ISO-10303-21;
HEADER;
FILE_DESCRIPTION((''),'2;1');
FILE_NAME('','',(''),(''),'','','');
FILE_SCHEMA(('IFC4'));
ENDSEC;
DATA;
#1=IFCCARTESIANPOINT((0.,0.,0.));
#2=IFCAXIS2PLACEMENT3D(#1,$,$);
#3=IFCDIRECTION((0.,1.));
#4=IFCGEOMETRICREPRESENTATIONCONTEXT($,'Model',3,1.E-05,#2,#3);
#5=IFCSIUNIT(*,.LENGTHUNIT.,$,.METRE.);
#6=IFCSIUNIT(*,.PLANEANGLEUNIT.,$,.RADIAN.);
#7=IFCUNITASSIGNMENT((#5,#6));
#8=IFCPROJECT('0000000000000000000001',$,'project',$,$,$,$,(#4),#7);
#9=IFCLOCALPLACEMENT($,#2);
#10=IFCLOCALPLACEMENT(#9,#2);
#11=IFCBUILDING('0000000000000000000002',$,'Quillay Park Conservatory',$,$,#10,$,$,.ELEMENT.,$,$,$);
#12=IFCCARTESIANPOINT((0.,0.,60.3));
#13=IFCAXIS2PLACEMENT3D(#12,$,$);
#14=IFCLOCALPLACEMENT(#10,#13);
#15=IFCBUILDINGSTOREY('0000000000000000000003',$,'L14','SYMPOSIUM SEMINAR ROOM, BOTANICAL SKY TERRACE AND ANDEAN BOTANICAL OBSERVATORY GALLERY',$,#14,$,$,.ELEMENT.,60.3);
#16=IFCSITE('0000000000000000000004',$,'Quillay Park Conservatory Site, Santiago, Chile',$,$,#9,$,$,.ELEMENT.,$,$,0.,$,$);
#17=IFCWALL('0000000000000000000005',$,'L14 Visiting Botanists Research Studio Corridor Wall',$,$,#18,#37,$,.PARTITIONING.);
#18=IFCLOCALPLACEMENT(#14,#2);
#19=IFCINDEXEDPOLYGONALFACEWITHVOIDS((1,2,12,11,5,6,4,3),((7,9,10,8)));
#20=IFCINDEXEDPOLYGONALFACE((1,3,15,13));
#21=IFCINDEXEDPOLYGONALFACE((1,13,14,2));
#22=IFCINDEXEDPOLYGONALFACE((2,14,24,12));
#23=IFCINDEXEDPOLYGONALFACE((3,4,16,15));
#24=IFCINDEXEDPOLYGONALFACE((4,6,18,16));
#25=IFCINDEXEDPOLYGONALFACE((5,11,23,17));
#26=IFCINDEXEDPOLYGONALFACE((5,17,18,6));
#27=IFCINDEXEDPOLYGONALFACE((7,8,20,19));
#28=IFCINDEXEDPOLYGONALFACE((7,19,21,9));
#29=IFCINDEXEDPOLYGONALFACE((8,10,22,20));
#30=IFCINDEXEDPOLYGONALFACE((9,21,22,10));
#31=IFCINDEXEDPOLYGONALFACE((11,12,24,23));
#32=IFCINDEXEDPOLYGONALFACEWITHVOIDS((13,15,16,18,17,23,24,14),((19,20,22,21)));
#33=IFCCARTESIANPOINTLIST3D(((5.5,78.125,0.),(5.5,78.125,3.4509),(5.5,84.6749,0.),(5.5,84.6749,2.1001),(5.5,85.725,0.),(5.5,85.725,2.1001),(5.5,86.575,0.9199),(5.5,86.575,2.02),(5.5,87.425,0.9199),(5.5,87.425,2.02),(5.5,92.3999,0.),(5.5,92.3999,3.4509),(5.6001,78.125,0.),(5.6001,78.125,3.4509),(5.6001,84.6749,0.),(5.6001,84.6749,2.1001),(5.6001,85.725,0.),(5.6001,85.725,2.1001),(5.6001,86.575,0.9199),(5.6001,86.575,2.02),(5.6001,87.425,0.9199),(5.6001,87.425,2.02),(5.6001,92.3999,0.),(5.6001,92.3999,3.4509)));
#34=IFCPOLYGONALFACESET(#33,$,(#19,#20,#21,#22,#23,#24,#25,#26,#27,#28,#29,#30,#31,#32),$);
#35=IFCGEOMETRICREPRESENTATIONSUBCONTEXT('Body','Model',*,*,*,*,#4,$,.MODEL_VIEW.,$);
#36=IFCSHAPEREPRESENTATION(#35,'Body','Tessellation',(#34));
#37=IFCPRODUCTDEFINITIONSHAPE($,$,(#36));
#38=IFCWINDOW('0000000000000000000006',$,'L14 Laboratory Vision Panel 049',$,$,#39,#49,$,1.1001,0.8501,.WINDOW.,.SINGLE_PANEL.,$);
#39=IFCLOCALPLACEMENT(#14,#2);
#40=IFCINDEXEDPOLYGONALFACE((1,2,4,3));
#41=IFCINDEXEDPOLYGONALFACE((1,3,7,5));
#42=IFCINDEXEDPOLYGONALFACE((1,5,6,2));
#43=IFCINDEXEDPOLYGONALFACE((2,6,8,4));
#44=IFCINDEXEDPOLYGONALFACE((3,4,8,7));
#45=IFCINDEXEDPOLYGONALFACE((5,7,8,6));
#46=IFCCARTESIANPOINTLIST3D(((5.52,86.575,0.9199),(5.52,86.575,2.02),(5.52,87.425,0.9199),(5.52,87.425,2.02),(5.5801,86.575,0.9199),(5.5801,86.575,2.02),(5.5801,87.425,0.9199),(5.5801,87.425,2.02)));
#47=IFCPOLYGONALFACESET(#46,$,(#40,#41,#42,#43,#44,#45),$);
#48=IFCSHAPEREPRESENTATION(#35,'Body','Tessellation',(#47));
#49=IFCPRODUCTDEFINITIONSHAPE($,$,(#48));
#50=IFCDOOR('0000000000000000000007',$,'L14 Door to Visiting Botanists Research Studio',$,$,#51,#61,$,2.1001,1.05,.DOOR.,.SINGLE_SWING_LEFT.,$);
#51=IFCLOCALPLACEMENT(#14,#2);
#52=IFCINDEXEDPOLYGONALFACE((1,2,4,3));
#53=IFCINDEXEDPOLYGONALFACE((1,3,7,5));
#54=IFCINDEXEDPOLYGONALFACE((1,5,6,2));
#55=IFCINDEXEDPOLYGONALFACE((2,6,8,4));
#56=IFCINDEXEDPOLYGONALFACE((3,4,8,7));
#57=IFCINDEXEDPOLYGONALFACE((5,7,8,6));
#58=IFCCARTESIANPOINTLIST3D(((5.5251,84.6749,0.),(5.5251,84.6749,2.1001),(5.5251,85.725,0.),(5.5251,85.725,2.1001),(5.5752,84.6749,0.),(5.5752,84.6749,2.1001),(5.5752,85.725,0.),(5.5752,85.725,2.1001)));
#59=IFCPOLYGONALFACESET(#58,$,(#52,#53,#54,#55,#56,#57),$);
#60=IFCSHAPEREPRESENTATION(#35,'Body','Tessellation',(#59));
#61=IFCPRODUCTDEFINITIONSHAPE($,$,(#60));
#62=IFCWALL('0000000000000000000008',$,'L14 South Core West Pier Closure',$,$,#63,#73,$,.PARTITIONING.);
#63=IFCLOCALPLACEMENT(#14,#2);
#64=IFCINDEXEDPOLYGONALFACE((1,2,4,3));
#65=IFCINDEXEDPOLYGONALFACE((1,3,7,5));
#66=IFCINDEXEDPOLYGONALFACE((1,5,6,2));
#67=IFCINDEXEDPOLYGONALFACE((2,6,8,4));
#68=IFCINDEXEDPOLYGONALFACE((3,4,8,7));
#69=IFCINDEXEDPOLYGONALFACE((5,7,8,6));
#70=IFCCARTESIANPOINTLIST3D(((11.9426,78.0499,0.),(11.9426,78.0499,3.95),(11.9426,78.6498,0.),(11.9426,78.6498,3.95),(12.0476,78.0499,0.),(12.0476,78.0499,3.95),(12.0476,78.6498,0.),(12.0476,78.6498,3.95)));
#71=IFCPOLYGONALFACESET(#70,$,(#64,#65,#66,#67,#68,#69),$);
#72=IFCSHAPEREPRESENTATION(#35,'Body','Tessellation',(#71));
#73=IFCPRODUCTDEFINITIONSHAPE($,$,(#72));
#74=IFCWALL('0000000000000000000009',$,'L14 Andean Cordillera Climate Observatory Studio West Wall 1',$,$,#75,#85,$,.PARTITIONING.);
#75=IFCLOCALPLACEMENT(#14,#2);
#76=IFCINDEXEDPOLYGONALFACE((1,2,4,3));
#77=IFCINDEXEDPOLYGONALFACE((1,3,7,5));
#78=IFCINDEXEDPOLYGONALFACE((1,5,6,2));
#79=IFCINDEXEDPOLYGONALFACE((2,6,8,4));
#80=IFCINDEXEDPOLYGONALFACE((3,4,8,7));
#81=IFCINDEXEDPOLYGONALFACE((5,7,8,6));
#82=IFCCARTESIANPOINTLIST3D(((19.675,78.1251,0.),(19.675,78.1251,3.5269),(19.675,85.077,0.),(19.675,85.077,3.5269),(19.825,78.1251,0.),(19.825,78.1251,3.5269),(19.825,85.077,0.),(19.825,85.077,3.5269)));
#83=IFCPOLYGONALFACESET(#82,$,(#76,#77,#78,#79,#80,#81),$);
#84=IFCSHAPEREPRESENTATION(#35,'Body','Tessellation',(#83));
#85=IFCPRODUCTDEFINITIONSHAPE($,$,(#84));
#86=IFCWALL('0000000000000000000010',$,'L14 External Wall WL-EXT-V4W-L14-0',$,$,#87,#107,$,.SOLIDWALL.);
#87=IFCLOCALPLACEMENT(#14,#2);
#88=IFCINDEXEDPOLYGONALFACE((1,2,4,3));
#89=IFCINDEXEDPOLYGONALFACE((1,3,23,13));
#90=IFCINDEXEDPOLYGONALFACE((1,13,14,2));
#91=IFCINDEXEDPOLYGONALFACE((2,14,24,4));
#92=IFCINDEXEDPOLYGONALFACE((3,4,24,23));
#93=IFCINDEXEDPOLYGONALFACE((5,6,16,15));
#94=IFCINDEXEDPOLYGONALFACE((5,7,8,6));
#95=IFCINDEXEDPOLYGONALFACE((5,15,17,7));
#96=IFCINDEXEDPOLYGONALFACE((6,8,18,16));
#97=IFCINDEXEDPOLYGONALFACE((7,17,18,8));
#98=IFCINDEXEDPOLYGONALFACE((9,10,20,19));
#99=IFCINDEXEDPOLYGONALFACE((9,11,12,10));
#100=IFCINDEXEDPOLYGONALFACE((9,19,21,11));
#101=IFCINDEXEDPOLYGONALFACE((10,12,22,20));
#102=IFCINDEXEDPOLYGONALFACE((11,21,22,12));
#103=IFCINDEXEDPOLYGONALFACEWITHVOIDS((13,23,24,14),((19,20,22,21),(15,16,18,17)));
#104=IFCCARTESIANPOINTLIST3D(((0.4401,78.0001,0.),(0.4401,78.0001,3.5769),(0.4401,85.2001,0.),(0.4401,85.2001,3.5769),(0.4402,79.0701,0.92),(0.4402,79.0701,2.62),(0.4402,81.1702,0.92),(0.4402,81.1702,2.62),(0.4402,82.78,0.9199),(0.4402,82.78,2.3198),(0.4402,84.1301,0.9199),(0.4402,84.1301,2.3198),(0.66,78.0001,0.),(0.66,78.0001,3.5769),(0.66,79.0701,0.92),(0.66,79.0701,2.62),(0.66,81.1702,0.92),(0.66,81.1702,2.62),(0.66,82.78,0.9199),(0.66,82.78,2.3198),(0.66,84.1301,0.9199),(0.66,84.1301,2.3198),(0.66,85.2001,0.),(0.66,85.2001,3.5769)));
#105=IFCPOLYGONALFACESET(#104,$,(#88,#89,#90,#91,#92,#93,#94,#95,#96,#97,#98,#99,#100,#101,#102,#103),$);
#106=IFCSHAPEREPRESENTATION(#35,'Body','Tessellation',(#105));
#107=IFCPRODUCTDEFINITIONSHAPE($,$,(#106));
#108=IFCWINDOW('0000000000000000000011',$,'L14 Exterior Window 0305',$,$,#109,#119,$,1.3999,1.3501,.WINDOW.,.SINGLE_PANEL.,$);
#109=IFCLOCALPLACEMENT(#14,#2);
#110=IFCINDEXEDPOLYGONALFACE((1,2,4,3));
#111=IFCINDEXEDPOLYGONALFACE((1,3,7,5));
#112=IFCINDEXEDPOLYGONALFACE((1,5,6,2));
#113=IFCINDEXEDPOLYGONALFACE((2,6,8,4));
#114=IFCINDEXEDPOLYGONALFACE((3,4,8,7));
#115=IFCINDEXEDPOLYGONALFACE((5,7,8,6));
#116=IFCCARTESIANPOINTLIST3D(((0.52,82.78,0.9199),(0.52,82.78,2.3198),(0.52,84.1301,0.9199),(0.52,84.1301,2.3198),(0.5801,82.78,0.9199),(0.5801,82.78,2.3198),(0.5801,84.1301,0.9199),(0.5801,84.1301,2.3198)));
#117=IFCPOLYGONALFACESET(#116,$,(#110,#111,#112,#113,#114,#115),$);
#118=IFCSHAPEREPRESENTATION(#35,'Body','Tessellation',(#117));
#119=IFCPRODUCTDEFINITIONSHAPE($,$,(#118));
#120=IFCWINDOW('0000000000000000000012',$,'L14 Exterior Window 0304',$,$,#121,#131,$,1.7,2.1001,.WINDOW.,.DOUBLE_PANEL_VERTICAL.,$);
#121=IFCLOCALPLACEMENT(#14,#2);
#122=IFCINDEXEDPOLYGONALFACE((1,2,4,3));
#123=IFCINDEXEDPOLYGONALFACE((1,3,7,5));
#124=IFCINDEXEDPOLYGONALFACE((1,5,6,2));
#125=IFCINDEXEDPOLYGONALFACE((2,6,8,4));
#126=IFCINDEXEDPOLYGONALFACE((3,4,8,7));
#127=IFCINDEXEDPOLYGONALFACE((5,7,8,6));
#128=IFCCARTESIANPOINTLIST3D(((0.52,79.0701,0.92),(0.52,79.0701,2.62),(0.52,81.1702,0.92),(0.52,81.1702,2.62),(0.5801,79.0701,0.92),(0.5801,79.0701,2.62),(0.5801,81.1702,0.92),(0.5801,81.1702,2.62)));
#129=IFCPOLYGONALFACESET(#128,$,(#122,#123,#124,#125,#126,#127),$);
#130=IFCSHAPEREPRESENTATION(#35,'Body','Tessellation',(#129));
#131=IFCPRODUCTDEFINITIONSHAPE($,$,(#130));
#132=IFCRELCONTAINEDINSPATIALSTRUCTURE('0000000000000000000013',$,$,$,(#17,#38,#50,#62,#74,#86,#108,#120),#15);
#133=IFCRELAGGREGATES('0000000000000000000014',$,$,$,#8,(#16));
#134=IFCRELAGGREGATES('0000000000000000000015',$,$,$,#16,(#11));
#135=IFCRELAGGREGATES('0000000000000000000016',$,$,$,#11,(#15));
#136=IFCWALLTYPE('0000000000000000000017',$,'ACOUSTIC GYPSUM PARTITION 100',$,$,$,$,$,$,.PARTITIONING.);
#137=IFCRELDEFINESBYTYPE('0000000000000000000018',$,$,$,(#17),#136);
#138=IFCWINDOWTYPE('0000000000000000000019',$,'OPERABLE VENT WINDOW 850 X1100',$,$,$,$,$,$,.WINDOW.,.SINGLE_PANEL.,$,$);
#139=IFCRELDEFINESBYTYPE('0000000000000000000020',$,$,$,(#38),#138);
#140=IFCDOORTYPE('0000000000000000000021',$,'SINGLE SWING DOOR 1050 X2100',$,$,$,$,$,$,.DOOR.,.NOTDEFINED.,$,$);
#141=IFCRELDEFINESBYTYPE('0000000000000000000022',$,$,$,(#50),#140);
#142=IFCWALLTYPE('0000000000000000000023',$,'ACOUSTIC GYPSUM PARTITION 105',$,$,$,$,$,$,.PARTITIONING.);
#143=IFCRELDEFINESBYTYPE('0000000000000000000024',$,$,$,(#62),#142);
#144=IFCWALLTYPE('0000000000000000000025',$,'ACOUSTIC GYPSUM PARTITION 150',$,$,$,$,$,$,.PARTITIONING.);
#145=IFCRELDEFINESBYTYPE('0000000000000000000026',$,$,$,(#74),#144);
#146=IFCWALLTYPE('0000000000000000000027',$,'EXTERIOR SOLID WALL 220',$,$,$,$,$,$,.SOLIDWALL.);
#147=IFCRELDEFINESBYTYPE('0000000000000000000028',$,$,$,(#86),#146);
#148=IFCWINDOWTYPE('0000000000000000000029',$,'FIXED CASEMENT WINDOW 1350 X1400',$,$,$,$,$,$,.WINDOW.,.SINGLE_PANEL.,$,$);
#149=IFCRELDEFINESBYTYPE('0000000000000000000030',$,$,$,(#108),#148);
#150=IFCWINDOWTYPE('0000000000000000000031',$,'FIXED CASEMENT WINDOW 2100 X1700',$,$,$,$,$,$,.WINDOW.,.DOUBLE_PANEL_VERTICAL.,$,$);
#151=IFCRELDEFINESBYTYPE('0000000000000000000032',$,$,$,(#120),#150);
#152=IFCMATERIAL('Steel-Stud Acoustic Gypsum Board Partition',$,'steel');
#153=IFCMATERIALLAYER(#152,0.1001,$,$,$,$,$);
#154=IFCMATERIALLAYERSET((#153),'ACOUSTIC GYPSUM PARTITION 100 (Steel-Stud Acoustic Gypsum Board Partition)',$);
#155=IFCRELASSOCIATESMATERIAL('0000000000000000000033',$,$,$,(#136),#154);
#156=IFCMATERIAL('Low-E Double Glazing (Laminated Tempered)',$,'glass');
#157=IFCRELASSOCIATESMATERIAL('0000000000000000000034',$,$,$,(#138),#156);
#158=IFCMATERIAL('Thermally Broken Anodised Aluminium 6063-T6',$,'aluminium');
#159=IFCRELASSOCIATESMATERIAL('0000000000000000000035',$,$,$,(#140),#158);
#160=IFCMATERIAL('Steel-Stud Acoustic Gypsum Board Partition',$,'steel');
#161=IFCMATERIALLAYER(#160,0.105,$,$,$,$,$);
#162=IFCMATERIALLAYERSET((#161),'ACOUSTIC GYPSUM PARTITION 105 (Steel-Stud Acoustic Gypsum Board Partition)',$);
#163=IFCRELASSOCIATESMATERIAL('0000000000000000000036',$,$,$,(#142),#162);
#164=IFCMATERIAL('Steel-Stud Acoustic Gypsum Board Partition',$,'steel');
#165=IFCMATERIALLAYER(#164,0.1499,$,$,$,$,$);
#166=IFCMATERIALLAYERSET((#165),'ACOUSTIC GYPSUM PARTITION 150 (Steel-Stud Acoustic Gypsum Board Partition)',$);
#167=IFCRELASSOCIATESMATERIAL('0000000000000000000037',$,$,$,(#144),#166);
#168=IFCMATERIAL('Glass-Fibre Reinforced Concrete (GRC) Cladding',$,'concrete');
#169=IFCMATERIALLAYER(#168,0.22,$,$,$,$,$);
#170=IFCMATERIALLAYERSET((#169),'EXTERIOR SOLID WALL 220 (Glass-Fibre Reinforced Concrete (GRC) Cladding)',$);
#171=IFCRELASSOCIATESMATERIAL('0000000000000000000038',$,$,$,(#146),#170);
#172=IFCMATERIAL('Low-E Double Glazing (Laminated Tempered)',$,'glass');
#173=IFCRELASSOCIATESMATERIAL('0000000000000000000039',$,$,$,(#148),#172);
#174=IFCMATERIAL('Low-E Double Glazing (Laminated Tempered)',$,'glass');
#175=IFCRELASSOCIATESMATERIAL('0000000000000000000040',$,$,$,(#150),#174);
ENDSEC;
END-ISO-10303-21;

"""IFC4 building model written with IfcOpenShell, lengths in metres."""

from ifc_helpers import new_model, si_unit, direction, frame, frame_2d, origin, place, context, subcontext, project, spatial, rectangle, extrude, material, layer, layer_set, type_object, element, fill, save


model = new_model("IFC4")

# Units and contexts
model_context = context("Model", 3, precision=1e-05, world=origin(), true_north=direction((0.0, 1.0)))
body_context = subcontext(model_context, "Body", "Model", "MODEL_VIEW")
ifc_project = project(units=[si_unit("LENGTHUNIT", "METRE"), si_unit("PLANEANGLEUNIT", "RADIAN")], contexts=[model_context])

# Site, building, storey
site_placement = place(None, origin())
site = spatial("IfcSite", under=ifc_project, at=site_placement, Name="Quillay Park Conservatory Site, Santiago, Chile", CompositionType="ELEMENT", RefElevation=0.0)
building_placement = place(site_placement, origin())
building = spatial("IfcBuilding", under=site, at=building_placement, Name="Quillay Park Conservatory", CompositionType="ELEMENT")
storey_placement = place(building_placement, frame((0.0, 0.0, 60.3)))
storey = spatial("IfcBuildingStorey", under=building, at=storey_placement, Name="L14", Description="SYMPOSIUM SEMINAR ROOM, BOTANICAL SKY TERRACE AND ANDEAN BOTANICAL OBSERVATORY GALLERY", CompositionType="ELEMENT", Elevation=60.3)

# Wall, openings, window, door
ifc_material_1 = material(Name="Steel-Stud Acoustic Gypsum Board Partition", Category="steel")
ifc_layer_1 = layer(ifc_material_1, 0.1001)
ifc_layer_set_1 = layer_set([ifc_layer_1], Name="ACOUSTIC GYPSUM PARTITION 100 (Steel-Stud Acoustic Gypsum Board Partition)")
wall_type_1 = type_object("IfcWallType", Name="ACOUSTIC GYPSUM PARTITION 100", PredefinedType="PARTITIONING", material=ifc_layer_set_1)
wall_1_placement = place(storey_placement, frame((5.55, 78.125, 0.0), z_axis=(0.0, 0.0, 1.0), x_axis=(0.0, 1.0, 0.0)))
wall_1 = element("IfcWall", 1, at=wall_1_placement, inside=storey, type_object=wall_type_1, Name="L14 Visiting Botanists Research Studio Corridor Wall", PredefinedType="PARTITIONING", context=body_context, shape_type="SweptSolid", body=[
    extrude(rectangle(XDim=14.2749, YDim=0.1001, at=frame_2d((7.1375, 0.0))), origin(), (0.0, 0.0, 1.0), 3.4509),
])
opening_1_placement = place(wall_1_placement, frame((6.55, 0.0, 0.0)))
opening_1 = element("IfcOpeningElement", 2, at=opening_1_placement, cuts=wall_1, PredefinedType="OPENING", context=body_context, shape_type="SweptSolid", body=[
    extrude(rectangle(XDim=1.05, YDim=2.1001, at=frame_2d((0.5249, 1.05))), frame((0.0, 0.05, 0.0), z_axis=(0.0, -1.0, 0.0), x_axis=(1.0, 0.0, 0.0)), (0.0, 0.0, 1.0), 0.1001),
])
opening_2_placement = place(wall_1_placement, frame((8.45, 0.0, 0.9199)))
opening_2 = element("IfcOpeningElement", 3, at=opening_2_placement, cuts=wall_1, PredefinedType="OPENING", context=body_context, shape_type="SweptSolid", body=[
    extrude(rectangle(XDim=0.8501, YDim=1.1001, at=frame_2d((0.425, 0.55))), frame((0.0, 0.05, 0.0), z_axis=(0.0, -1.0, 0.0), x_axis=(1.0, 0.0, 0.0)), (0.0, 0.0, 1.0), 0.1001),
])
ifc_material_2 = material(Name="Low-E Double Glazing (Laminated Tempered)", Category="glass")
window_type_1 = type_object("IfcWindowType", Name="OPERABLE VENT WINDOW 850 X1100", PartitioningType="SINGLE_PANEL", PredefinedType="WINDOW", material=ifc_material_2)
window_1_placement = place(opening_2_placement, origin())
window_1 = element("IfcWindow", 4, at=window_1_placement, inside=storey, type_object=window_type_1, Name="L14 Laboratory Vision Panel 049", OverallHeight=1.1001, OverallWidth=0.8501, PartitioningType="SINGLE_PANEL", PredefinedType="WINDOW", context=body_context, shape_type="SweptSolid", body=[
    extrude(rectangle(XDim=0.8501, YDim=1.1001, at=frame_2d((0.425, 0.55))), frame((0.0, 0.03, 0.0), z_axis=(0.0, -1.0, 0.0), x_axis=(1.0, 0.0, 0.0)), (0.0, 0.0, 1.0), 0.0601),
])
fill(opening_2, window_1)
ifc_material_3 = material(Name="Thermally Broken Anodised Aluminium 6063-T6", Category="aluminium")
door_type_1 = type_object("IfcDoorType", Name="SINGLE SWING DOOR 1050 X2100", OperationType="NOTDEFINED", PredefinedType="DOOR", material=ifc_material_3)
door_1_placement = place(opening_1_placement, origin())
door_1 = element("IfcDoor", 5, at=door_1_placement, inside=storey, type_object=door_type_1, Name="L14 Door to Visiting Botanists Research Studio", OperationType="SINGLE_SWING_LEFT", OverallHeight=2.1001, OverallWidth=1.05, PredefinedType="DOOR", context=body_context, shape_type="SweptSolid", body=[
    extrude(rectangle(XDim=1.05, YDim=2.1001, at=frame_2d((0.5249, 1.05))), frame((0.0, 0.0249, 0.0), z_axis=(0.0, -1.0, 0.0), x_axis=(1.0, 0.0, 0.0)), (0.0, 0.0, 1.0), 0.05),
])
fill(opening_1, door_1)

# Walls
ifc_material_4 = material(Name="Steel-Stud Acoustic Gypsum Board Partition", Category="steel")
ifc_layer_2 = layer(ifc_material_4, 0.105)
ifc_layer_set_2 = layer_set([ifc_layer_2], Name="ACOUSTIC GYPSUM PARTITION 105 (Steel-Stud Acoustic Gypsum Board Partition)")
wall_type_2 = type_object("IfcWallType", Name="ACOUSTIC GYPSUM PARTITION 105", PredefinedType="PARTITIONING", material=ifc_layer_set_2)
wall_2_placement = place(storey_placement, frame((11.9951, 78.05, 0.0), z_axis=(0.0, 0.0, 1.0), x_axis=(0.0, 1.0, 0.0)))
element("IfcWall", 6, at=wall_2_placement, inside=storey, type_object=wall_type_2, Name="L14 South Core West Pier Closure", PredefinedType="PARTITIONING", context=body_context, shape_type="SweptSolid", body=[
    extrude(rectangle(XDim=0.5999, YDim=0.105, at=frame_2d((0.2998, 0.0))), origin(), (0.0, 0.0, 1.0), 3.95),
])
ifc_material_5 = material(Name="Steel-Stud Acoustic Gypsum Board Partition", Category="steel")
ifc_layer_3 = layer(ifc_material_5, 0.1499)
ifc_layer_set_3 = layer_set([ifc_layer_3], Name="ACOUSTIC GYPSUM PARTITION 150 (Steel-Stud Acoustic Gypsum Board Partition)")
wall_type_3 = type_object("IfcWallType", Name="ACOUSTIC GYPSUM PARTITION 150", PredefinedType="PARTITIONING", material=ifc_layer_set_3)
wall_3_placement = place(storey_placement, frame((19.75, 78.125, 0.0), z_axis=(0.0, 0.0, 1.0), x_axis=(0.0, 1.0, 0.0)))
element("IfcWall", 7, at=wall_3_placement, inside=storey, type_object=wall_type_3, Name="L14 Andean Cordillera Climate Observatory Studio West Wall 1", PredefinedType="PARTITIONING", context=body_context, shape_type="SweptSolid", body=[
    extrude(rectangle(XDim=6.9519, YDim=0.1499, at=frame_2d((3.4761, 0.0))), origin(), (0.0, 0.0, 1.0), 3.5269),
])

# Wall, openings, windows
ifc_material_6 = material(Name="Glass-Fibre Reinforced Concrete (GRC) Cladding", Category="concrete")
ifc_layer_4 = layer(ifc_material_6, 0.22)
ifc_layer_set_4 = layer_set([ifc_layer_4], Name="EXTERIOR SOLID WALL 220 (Glass-Fibre Reinforced Concrete (GRC) Cladding)")
wall_type_4 = type_object("IfcWallType", Name="EXTERIOR SOLID WALL 220", PredefinedType="SOLIDWALL", material=ifc_layer_set_4)
wall_4_placement = place(storey_placement, frame((0.55, 78.0, 0.0), z_axis=(0.0, 0.0, 1.0), x_axis=(0.0, 1.0, 0.0)))
wall_4 = element("IfcWall", 8, at=wall_4_placement, inside=storey, type_object=wall_type_4, Name="L14 External Wall WL-EXT-V4W-L14-0", PredefinedType="SOLIDWALL", context=body_context, shape_type="SweptSolid", body=[
    extrude(rectangle(XDim=7.2, YDim=0.22, at=frame_2d((3.6001, 0.0))), origin(), (0.0, 0.0, 1.0), 3.5769),
])
opening_3_placement = place(wall_4_placement, frame((1.0701, 0.0, 0.9199)))
opening_3 = element("IfcOpeningElement", 9, at=opening_3_placement, cuts=wall_4, PredefinedType="OPENING", context=body_context, shape_type="SweptSolid", body=[
    extrude(rectangle(XDim=2.1001, YDim=1.7, at=frame_2d((1.05, 0.8501))), frame((0.0, 0.1099, 0.0), z_axis=(0.0, -1.0, 0.0), x_axis=(1.0, 0.0, 0.0)), (0.0, 0.0, 1.0), 0.22),
])
opening_4_placement = place(wall_4_placement, frame((4.78, 0.0, 0.9199)))
opening_4 = element("IfcOpeningElement", 10, at=opening_4_placement, cuts=wall_4, PredefinedType="OPENING", context=body_context, shape_type="SweptSolid", body=[
    extrude(rectangle(XDim=1.3501, YDim=1.3999, at=frame_2d((0.675, 0.7))), frame((0.0, 0.1099, 0.0), z_axis=(0.0, -1.0, 0.0), x_axis=(1.0, 0.0, 0.0)), (0.0, 0.0, 1.0), 0.22),
])
ifc_material_7 = material(Name="Low-E Double Glazing (Laminated Tempered)", Category="glass")
window_type_2 = type_object("IfcWindowType", Name="FIXED CASEMENT WINDOW 1350 X1400", PartitioningType="SINGLE_PANEL", PredefinedType="WINDOW", material=ifc_material_7)
window_2_placement = place(opening_4_placement, origin())
window_2 = element("IfcWindow", 11, at=window_2_placement, inside=storey, type_object=window_type_2, Name="L14 Exterior Window 0305", OverallHeight=1.3999, OverallWidth=1.3501, PartitioningType="SINGLE_PANEL", PredefinedType="WINDOW", context=body_context, shape_type="SweptSolid", body=[
    extrude(rectangle(XDim=1.3501, YDim=1.3999, at=frame_2d((0.675, 0.7))), frame((0.0, 0.03, 0.0), z_axis=(0.0, -1.0, 0.0), x_axis=(1.0, 0.0, 0.0)), (0.0, 0.0, 1.0), 0.0601),
])
fill(opening_4, window_2)
ifc_material_8 = material(Name="Low-E Double Glazing (Laminated Tempered)", Category="glass")
window_type_3 = type_object("IfcWindowType", Name="FIXED CASEMENT WINDOW 2100 X1700", PartitioningType="DOUBLE_PANEL_VERTICAL", PredefinedType="WINDOW", material=ifc_material_8)
window_3_placement = place(opening_3_placement, origin())
window_3 = element("IfcWindow", 12, at=window_3_placement, inside=storey, type_object=window_type_3, Name="L14 Exterior Window 0304", OverallHeight=1.7, OverallWidth=2.1001, PartitioningType="DOUBLE_PANEL_VERTICAL", PredefinedType="WINDOW", context=body_context, shape_type="SweptSolid", body=[
    extrude(rectangle(XDim=2.1001, YDim=1.7, at=frame_2d((1.05, 0.8501))), frame((0.0, 0.03, 0.0), z_axis=(0.0, -1.0, 0.0), x_axis=(1.0, 0.0, 0.0)), (0.0, 0.0, 1.0), 0.0601),
])
fill(opening_3, window_3)

save(model, "model.ifc")
